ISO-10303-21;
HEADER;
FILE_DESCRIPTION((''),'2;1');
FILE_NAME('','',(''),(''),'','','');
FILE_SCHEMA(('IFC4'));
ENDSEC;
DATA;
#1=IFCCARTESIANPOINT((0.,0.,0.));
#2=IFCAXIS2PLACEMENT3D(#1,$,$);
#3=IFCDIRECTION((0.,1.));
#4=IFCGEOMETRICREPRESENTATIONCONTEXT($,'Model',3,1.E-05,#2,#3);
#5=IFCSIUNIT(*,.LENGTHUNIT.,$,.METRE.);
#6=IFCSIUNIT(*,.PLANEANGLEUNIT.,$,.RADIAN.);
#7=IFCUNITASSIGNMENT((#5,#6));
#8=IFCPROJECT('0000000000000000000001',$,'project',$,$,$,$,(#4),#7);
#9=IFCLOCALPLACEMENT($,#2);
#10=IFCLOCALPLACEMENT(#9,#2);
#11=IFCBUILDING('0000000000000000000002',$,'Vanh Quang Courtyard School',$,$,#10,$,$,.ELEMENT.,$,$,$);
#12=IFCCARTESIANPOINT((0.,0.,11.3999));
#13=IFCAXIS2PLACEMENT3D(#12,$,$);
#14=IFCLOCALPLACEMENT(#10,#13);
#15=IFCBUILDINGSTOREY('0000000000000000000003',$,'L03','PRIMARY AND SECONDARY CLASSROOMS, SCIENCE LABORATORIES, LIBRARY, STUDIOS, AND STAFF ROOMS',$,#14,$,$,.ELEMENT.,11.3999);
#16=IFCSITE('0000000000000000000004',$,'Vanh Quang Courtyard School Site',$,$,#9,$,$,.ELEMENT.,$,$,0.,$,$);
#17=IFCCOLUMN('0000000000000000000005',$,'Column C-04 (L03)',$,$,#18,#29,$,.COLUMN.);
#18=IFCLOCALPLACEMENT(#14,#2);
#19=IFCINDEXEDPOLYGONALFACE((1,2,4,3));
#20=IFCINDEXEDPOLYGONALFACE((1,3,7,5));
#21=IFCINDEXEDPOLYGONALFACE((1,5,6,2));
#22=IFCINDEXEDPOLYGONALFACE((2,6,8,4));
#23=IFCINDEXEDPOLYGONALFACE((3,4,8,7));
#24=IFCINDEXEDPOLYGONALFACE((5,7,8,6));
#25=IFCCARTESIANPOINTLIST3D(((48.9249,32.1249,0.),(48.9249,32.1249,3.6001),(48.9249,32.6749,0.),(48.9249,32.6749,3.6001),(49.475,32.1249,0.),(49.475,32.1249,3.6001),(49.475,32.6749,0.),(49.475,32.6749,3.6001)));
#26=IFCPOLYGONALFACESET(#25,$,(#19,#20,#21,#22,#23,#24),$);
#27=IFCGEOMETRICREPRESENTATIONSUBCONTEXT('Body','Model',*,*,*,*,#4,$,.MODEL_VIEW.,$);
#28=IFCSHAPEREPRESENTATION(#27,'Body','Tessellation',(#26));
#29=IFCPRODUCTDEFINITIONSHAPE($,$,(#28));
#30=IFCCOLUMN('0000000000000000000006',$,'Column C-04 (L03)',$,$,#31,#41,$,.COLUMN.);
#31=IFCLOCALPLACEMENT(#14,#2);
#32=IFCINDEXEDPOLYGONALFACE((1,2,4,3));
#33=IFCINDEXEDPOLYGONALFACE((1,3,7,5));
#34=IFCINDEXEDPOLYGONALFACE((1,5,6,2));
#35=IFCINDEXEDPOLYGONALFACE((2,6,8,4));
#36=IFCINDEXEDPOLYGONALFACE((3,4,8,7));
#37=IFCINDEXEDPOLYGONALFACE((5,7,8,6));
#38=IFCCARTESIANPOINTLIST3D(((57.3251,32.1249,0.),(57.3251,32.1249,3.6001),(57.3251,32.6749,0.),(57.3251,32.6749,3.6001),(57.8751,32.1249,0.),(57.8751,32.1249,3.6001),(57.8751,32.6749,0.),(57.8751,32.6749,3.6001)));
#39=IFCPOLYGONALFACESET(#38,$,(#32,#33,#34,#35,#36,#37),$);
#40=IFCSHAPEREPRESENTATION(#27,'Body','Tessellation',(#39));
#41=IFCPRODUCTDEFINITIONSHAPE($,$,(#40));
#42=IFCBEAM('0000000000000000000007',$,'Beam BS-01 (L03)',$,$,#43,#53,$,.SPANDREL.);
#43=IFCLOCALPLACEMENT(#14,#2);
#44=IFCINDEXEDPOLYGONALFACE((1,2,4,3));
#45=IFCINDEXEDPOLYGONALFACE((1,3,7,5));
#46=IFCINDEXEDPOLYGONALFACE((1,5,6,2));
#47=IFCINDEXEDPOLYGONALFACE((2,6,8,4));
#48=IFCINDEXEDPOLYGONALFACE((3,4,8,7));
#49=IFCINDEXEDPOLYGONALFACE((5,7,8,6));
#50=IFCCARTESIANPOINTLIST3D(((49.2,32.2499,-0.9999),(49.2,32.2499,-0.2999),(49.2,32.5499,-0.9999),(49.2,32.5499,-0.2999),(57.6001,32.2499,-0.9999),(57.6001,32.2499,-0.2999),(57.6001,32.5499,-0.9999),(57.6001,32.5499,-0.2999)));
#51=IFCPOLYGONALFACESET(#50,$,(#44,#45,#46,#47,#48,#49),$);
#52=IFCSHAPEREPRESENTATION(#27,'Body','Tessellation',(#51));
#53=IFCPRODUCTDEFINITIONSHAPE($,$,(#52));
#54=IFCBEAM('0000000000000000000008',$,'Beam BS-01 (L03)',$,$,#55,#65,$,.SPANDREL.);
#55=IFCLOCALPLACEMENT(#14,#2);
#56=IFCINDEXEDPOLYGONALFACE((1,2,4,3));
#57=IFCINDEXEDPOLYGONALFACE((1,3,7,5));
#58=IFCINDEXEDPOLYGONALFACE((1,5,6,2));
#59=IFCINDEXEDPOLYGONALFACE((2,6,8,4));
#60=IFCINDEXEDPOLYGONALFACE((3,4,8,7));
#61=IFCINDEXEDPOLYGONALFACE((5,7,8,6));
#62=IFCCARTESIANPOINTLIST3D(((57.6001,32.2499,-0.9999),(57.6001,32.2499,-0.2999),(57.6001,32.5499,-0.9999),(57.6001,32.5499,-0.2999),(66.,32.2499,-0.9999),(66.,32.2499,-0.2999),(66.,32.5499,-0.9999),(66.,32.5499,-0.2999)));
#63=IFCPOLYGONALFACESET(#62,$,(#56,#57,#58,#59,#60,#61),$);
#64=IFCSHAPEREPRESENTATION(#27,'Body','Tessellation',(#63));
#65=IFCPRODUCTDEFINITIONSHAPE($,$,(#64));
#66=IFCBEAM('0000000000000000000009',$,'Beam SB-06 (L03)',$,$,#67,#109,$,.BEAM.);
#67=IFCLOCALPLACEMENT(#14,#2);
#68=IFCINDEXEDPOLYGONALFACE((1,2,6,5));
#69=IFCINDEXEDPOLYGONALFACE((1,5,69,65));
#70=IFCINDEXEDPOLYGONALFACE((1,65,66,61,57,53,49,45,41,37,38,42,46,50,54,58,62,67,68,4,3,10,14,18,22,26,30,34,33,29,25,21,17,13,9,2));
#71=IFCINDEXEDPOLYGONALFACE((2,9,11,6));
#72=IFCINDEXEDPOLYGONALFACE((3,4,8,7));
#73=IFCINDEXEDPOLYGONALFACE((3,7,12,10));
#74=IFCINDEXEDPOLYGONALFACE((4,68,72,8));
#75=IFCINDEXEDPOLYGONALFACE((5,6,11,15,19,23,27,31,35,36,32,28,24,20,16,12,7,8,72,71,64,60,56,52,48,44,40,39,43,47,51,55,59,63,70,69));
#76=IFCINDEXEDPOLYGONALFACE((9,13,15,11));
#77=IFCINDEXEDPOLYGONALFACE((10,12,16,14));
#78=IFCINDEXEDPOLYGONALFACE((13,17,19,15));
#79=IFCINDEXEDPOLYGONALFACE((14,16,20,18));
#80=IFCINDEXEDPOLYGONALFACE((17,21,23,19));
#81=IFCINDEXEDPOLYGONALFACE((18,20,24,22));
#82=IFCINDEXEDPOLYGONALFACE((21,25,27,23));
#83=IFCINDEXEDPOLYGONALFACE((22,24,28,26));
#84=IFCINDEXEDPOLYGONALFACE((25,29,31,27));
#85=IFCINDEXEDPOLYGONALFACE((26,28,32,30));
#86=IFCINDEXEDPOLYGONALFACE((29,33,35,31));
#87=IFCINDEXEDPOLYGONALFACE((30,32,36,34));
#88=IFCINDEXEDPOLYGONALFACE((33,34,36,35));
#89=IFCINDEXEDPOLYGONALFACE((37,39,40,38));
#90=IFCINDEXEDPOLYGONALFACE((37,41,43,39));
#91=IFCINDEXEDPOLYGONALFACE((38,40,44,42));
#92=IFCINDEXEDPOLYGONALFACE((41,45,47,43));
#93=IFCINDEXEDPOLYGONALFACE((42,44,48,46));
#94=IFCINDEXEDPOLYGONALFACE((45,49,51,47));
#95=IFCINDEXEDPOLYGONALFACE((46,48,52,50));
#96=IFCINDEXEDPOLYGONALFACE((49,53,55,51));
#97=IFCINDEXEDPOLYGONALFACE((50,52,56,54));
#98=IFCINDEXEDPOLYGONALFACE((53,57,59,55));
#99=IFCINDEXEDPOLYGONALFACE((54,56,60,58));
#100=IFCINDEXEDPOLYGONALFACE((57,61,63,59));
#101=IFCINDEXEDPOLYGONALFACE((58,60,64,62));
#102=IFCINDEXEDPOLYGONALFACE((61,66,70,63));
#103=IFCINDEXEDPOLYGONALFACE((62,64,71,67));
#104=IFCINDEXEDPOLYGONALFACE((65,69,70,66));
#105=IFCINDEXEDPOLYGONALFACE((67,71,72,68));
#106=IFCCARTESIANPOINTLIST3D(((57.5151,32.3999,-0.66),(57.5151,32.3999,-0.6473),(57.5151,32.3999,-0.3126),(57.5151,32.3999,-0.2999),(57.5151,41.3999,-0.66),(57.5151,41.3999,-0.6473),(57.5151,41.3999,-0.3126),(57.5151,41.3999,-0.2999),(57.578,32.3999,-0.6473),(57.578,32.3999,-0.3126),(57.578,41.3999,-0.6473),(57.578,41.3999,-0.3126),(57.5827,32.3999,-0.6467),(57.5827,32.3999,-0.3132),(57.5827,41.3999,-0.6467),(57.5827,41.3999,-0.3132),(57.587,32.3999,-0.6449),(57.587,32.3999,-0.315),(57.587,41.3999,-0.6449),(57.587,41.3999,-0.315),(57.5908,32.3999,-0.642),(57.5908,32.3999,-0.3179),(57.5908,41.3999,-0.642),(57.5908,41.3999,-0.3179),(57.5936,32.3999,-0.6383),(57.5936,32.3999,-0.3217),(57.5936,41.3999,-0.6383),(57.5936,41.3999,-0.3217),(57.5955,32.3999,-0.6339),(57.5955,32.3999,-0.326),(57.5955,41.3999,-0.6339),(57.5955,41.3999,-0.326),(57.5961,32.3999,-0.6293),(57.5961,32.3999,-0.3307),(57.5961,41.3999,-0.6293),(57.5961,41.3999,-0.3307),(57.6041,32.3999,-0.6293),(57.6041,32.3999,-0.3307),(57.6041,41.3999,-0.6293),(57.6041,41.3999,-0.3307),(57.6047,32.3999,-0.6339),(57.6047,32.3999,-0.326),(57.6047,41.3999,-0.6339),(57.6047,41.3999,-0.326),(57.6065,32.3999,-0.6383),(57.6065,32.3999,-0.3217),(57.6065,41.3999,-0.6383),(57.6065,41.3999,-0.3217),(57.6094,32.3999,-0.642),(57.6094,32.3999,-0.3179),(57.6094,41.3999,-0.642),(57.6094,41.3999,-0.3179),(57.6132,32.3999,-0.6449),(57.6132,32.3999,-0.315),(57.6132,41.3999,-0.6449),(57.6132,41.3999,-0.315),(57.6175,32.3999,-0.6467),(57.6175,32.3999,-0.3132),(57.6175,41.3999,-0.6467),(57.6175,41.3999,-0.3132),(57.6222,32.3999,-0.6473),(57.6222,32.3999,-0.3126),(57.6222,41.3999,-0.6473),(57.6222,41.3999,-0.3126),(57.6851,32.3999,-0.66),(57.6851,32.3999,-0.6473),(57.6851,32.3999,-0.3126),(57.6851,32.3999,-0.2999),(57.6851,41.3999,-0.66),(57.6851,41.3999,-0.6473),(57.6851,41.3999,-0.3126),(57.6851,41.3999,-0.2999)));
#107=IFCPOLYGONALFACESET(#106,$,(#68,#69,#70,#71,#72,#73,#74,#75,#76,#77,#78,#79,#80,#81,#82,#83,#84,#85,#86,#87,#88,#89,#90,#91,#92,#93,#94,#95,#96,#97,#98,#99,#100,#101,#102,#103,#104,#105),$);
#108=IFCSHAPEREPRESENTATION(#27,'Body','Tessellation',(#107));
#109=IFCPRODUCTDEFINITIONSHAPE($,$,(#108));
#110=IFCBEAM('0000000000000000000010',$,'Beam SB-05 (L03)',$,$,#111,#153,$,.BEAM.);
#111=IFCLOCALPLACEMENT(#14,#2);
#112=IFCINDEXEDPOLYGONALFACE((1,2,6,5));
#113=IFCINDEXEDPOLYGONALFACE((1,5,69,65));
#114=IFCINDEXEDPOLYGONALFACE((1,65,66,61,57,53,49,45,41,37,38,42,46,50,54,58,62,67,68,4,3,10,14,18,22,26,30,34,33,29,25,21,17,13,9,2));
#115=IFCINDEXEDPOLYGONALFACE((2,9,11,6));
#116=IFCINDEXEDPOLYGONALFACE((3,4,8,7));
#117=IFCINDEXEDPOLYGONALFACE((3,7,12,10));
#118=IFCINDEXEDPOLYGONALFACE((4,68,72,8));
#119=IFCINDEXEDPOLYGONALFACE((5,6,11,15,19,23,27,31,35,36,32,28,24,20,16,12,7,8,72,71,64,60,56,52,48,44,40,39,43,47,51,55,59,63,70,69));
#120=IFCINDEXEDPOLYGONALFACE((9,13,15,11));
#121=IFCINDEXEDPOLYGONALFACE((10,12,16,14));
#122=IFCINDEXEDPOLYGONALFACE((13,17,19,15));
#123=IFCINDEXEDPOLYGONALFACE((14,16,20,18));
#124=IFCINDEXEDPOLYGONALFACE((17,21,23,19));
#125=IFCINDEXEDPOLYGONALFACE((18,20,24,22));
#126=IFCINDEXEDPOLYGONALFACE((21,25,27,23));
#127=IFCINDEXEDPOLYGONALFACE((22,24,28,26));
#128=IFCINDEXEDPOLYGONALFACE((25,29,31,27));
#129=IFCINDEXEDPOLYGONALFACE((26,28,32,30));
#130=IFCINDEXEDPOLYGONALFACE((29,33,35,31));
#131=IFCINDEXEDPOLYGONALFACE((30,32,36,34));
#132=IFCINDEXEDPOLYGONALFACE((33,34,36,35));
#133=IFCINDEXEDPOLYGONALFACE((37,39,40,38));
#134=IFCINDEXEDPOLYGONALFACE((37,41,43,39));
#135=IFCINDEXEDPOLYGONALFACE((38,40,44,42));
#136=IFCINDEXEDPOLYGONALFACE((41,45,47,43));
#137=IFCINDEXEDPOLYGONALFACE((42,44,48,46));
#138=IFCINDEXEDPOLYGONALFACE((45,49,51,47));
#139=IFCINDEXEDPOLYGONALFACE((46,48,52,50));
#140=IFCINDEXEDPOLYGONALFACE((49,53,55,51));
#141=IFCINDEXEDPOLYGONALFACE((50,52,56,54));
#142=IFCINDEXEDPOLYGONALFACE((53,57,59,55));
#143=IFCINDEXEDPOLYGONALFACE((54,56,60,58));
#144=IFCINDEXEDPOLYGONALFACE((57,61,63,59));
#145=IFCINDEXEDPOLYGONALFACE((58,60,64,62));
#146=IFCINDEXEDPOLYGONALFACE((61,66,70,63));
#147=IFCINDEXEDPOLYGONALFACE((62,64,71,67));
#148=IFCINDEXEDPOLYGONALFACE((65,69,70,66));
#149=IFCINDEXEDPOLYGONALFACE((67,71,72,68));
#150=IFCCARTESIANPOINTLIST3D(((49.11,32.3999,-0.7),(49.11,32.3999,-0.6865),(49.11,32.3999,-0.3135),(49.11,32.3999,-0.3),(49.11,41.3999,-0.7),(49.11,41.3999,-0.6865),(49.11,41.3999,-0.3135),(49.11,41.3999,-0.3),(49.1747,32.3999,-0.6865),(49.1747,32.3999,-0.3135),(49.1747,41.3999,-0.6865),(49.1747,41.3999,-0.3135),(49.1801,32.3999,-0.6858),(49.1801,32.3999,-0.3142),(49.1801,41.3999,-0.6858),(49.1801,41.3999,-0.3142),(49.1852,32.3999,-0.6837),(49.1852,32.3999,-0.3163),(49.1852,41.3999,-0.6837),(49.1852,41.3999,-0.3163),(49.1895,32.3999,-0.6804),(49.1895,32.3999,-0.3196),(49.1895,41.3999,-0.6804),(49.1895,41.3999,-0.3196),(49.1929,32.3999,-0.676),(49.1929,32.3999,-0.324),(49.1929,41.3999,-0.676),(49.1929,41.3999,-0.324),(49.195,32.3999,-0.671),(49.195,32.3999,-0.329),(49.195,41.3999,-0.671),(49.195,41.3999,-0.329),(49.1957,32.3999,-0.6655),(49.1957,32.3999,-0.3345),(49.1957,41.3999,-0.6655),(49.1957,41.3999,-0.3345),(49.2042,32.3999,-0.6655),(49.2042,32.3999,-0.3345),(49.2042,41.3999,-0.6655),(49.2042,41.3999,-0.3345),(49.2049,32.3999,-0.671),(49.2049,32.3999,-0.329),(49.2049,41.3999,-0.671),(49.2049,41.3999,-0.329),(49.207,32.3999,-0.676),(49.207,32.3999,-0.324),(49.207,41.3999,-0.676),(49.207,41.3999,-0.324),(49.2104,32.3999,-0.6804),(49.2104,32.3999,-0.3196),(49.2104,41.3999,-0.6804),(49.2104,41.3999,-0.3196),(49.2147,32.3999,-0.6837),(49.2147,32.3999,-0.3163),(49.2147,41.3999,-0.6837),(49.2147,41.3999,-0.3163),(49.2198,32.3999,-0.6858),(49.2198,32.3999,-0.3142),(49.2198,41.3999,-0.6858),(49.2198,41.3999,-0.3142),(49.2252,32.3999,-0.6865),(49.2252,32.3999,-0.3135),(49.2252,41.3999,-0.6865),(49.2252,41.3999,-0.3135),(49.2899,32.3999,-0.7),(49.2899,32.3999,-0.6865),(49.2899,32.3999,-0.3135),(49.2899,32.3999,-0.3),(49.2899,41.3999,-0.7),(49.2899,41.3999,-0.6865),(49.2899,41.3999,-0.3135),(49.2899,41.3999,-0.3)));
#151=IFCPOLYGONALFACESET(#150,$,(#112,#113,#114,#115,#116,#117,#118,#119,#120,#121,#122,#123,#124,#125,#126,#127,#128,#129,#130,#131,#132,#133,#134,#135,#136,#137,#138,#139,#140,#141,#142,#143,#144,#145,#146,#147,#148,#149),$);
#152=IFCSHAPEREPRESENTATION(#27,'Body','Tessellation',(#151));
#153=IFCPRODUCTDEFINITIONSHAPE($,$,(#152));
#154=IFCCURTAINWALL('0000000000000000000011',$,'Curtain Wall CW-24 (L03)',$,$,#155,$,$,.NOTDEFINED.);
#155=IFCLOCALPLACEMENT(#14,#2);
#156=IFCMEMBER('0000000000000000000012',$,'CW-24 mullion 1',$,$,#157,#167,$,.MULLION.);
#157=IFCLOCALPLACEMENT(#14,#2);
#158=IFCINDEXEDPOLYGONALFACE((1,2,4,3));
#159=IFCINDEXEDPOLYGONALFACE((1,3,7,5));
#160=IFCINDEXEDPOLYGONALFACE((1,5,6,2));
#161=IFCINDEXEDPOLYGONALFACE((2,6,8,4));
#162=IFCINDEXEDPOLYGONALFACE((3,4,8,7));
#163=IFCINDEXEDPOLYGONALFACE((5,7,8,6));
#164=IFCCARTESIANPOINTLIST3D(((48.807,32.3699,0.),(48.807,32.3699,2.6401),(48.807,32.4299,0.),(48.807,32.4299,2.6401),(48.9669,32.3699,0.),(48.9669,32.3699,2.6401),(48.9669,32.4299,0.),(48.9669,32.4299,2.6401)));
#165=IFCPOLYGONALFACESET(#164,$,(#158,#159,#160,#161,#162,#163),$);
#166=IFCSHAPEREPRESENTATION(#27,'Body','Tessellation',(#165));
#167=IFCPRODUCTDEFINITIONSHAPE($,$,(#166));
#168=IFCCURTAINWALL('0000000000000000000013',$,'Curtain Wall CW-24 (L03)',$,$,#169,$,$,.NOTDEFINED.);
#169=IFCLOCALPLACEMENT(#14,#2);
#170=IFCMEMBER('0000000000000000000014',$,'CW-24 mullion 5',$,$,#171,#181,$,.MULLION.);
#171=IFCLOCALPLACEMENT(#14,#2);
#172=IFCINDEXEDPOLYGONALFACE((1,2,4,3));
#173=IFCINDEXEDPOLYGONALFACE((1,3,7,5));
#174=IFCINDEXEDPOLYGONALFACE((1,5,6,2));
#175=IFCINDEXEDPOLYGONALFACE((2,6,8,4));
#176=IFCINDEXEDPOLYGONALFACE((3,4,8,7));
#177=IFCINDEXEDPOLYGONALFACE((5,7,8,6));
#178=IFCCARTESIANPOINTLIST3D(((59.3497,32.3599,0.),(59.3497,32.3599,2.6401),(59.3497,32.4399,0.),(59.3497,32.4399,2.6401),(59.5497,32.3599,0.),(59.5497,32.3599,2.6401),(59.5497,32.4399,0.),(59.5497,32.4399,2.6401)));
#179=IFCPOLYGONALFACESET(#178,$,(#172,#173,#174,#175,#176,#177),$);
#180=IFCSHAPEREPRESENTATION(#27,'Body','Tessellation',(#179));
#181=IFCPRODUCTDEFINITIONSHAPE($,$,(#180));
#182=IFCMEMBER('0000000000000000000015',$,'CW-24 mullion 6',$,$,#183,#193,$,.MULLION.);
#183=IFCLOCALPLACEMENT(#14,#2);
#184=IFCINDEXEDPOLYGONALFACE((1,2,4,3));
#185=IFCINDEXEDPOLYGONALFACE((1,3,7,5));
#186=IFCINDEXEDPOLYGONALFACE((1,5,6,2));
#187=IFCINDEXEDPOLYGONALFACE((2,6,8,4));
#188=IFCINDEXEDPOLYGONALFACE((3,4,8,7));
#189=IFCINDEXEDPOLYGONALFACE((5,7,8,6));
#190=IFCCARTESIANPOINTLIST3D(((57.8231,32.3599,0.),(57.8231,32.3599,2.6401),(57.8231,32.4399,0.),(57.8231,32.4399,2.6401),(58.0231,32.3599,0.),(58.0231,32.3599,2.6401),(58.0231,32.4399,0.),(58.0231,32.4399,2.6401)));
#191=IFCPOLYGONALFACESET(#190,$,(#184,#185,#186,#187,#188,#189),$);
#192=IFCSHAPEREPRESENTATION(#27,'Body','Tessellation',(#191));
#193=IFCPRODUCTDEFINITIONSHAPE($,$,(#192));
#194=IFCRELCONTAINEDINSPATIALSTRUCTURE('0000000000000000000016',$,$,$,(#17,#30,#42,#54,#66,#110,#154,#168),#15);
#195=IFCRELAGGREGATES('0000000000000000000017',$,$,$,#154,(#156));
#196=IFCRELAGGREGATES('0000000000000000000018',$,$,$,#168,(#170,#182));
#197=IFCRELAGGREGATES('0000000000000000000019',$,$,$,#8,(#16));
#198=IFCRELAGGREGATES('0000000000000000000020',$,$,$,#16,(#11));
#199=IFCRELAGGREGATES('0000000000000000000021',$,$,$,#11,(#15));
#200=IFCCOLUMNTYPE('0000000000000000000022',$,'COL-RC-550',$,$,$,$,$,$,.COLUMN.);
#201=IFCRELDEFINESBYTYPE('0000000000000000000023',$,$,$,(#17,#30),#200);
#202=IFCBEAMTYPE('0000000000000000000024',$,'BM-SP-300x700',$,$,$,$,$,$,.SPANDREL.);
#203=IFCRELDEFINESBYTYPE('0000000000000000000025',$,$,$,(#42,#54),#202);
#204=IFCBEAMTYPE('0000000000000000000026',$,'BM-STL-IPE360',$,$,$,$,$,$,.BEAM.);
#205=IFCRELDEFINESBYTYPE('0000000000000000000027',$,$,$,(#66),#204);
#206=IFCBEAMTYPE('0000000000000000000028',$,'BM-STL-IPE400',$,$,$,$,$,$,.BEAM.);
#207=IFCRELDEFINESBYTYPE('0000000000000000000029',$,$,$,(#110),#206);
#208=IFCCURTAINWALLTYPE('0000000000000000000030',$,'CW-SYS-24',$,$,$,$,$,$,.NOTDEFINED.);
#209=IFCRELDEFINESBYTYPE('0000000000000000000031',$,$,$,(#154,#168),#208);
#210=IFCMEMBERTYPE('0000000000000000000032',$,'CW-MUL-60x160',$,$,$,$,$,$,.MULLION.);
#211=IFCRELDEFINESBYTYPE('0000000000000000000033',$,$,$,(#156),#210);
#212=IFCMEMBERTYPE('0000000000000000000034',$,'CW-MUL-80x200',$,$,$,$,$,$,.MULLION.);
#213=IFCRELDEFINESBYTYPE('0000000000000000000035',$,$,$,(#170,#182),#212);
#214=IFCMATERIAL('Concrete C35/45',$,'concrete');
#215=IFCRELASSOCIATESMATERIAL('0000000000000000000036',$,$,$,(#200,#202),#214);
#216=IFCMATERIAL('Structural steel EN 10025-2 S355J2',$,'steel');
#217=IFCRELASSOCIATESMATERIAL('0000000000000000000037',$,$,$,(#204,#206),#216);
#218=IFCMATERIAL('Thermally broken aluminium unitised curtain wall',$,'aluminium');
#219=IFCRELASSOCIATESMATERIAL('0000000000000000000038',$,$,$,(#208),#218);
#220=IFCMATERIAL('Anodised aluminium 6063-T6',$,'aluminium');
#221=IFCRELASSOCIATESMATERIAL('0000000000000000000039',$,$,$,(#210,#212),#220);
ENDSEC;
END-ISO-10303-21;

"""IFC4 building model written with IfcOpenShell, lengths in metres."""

from ifc_helpers import new_model, si_unit, direction, frame, origin, origin_2d, place, context, subcontext, project, spatial, rectangle, i_section, extrude, material, material_profile, profile_set, type_object, element, aggregate, save


model = new_model("IFC4")

# Units and contexts
model_context = context("Model", 3, precision=1e-05, world=origin(), true_north=direction((0.0, 1.0)))
body_context = subcontext(model_context, "Body", "Model", "MODEL_VIEW")
ifc_project = project(units=[si_unit("LENGTHUNIT", "METRE"), si_unit("PLANEANGLEUNIT", "RADIAN")], contexts=[model_context])

# Site, building, storey
site_placement = place(None, origin())
site = spatial("IfcSite", under=ifc_project, at=site_placement, Name="Vanh Quang Courtyard School Site", CompositionType="ELEMENT", RefElevation=0.0)
building_placement = place(site_placement, origin())
building = spatial("IfcBuilding", under=site, at=building_placement, Name="Vanh Quang Courtyard School", CompositionType="ELEMENT")
storey_placement = place(building_placement, frame((0.0, 0.0, 11.3999)))
storey = spatial("IfcBuildingStorey", under=building, at=storey_placement, Name="L03", Description="PRIMARY AND SECONDARY CLASSROOMS, SCIENCE LABORATORIES, LIBRARY, STUDIOS, AND STAFF ROOMS", CompositionType="ELEMENT", Elevation=11.3999)

# Columns
ifc_material_1 = material(Name="Concrete C35/45", Category="concrete")
ifc_material_profile_1 = material_profile(ifc_material_1, rectangle(XDim=0.55, YDim=0.55, at=origin_2d()), Name="RC-COL 550x550")
ifc_profile_set_1 = profile_set([ifc_material_profile_1], Name="Concrete C35/45")
column_type = type_object("IfcColumnType", Name="COL-RC-550", PredefinedType="COLUMN", material=ifc_profile_set_1)
for number, where, z_axis, x_axis, name in (
    (1, (49.2, 32.3999, 0.0), (0.0, 0.0, 1.0), (1.0, 0.0, 0.0), "Column C-04 (L03)"),
    (2, (57.6001, 32.3999, 0.0), (0.0, 0.0, 1.0), (1.0, 0.0, 0.0), "Column C-04 (L03)"),
):
    element("IfcColumn", number, at=place(storey_placement, frame(where, z_axis=z_axis, x_axis=x_axis)), inside=storey, type_object=column_type, Name=name, PredefinedType="COLUMN", context=body_context, shape_type="SweptSolid", body=[
        extrude(rectangle(XDim=0.55, YDim=0.55, at=origin_2d()), origin(), (0.0, 0.0, 1.0), 3.6001),
    ])

# Beams
ifc_material_profile_2 = material_profile(ifc_material_1, rectangle(XDim=0.3, YDim=0.7, at=origin_2d()), Name="RC-SP 300x700")
ifc_profile_set_2 = profile_set([ifc_material_profile_2], Name="Concrete C35/45")
beam_type_1 = type_object("IfcBeamType", Name="BM-SP-300x700", PredefinedType="SPANDREL", material=ifc_profile_set_2)
beam_1_placement = place(storey_placement, frame((49.2, 32.3999, -0.6499), z_axis=(1.0, 0.0, 0.0), x_axis=(0.0, 1.0, 0.0)))
element("IfcBeam", 3, at=beam_1_placement, inside=storey, type_object=beam_type_1, Name="Beam BS-01 (L03)", PredefinedType="SPANDREL", context=body_context, shape_type="SweptSolid", body=[
    extrude(rectangle(XDim=0.3, YDim=0.7, at=origin_2d()), origin(), (0.0, 0.0, 1.0), 8.4001),
])
beam_2_placement = place(storey_placement, frame((57.6001, 32.3999, -0.6499), z_axis=(1.0, 0.0, 0.0), x_axis=(0.0, 1.0, 0.0)))
element("IfcBeam", 4, at=beam_2_placement, inside=storey, type_object=beam_type_1, Name="Beam BS-01 (L03)", PredefinedType="SPANDREL", context=body_context, shape_type="SweptSolid", body=[
    extrude(rectangle(XDim=0.3, YDim=0.7, at=origin_2d()), origin(), (0.0, 0.0, 1.0), 8.3999),
])
ifc_material_2 = material(Name="Structural steel EN 10025-2 S355J2", Category="steel")
ifc_material_profile_3 = material_profile(ifc_material_2, i_section(OverallWidth=0.1699, OverallDepth=0.3601, WebThickness=0.0081, FlangeThickness=0.0127, FilletRadius=0.0181, at=origin_2d()), Name="IPE 360")
ifc_profile_set_3 = profile_set([ifc_material_profile_3], Name="Structural steel EN 10025-2 S355J2")
beam_type_2 = type_object("IfcBeamType", Name="BM-STL-IPE360", PredefinedType="BEAM", material=ifc_profile_set_3)
beam_3_placement = place(storey_placement, frame((57.6001, 32.3999, -0.48), z_axis=(0.0, 1.0, 0.0), x_axis=(-1.0, 0.0, 0.0)))
element("IfcBeam", 5, at=beam_3_placement, inside=storey, type_object=beam_type_2, Name="Beam SB-06 (L03)", PredefinedType="BEAM", context=body_context, shape_type="SweptSolid", body=[
    extrude(i_section(OverallWidth=0.1699, OverallDepth=0.3601, WebThickness=0.0081, FlangeThickness=0.0127, FilletRadius=0.0181, at=origin_2d()), origin(), (0.0, 0.0, 1.0), 9.0),
])
ifc_material_profile_4 = material_profile(ifc_material_2, i_section(OverallWidth=0.1799, OverallDepth=0.3999, WebThickness=0.0085, FlangeThickness=0.0134, FilletRadius=0.021, at=origin_2d()), Name="IPE 400")
ifc_profile_set_4 = profile_set([ifc_material_profile_4], Name="Structural steel EN 10025-2 S355J2")
beam_type_3 = type_object("IfcBeamType", Name="BM-STL-IPE400", PredefinedType="BEAM", material=ifc_profile_set_4)
beam_4_placement = place(storey_placement, frame((49.2, 32.3999, -0.5), z_axis=(0.0, 1.0, 0.0), x_axis=(-1.0, 0.0, 0.0)))
element("IfcBeam", 6, at=beam_4_placement, inside=storey, type_object=beam_type_3, Name="Beam SB-05 (L03)", PredefinedType="BEAM", context=body_context, shape_type="SweptSolid", body=[
    extrude(i_section(OverallWidth=0.1799, OverallDepth=0.3999, WebThickness=0.0085, FlangeThickness=0.0134, FilletRadius=0.021, at=origin_2d()), origin(), (0.0, 0.0, 1.0), 9.0),
])

# Curtain wall, member
ifc_material_3 = material(Name="Thermally broken aluminium unitised curtain wall", Category="aluminium")
curtain_wall_type = type_object("IfcCurtainWallType", Name="CW-SYS-24", PredefinedType="NOTDEFINED", material=ifc_material_3)
curtain_wall_1_placement = place(storey_placement, origin())
curtain_wall_1 = element("IfcCurtainWall", 7, at=curtain_wall_1_placement, inside=storey, type_object=curtain_wall_type, Name="Curtain Wall CW-24 (L03)", PredefinedType="NOTDEFINED")
ifc_material_4 = material(Name="Anodised aluminium 6063-T6", Category="aluminium")
ifc_material_profile_5 = material_profile(ifc_material_4, rectangle(XDim=0.0601, YDim=0.1599, at=origin_2d()), Name="ALU-MUL 60x160")
ifc_profile_set_5 = profile_set([ifc_material_profile_5], Name="Anodised aluminium 6063-T6")
member_type_1 = type_object("IfcMemberType", Name="CW-MUL-60x160", PredefinedType="MULLION", material=ifc_profile_set_5)
member_1_placement = place(storey_placement, frame((48.887, 32.3999, 0.0), z_axis=(0.0, 0.0, 1.0), x_axis=(0.0, -1.0, 0.0)))
member_1 = element("IfcMember", 8, at=member_1_placement, type_object=member_type_1, Name="CW-24 mullion 1", PredefinedType="MULLION", context=body_context, shape_type="SweptSolid", body=[
    extrude(rectangle(XDim=0.0601, YDim=0.1599, at=origin_2d()), origin(), (0.0, 0.0, 1.0), 2.6401),
])

# Curtain wall, members
curtain_wall_2_placement = place(storey_placement, origin())
curtain_wall_2 = element("IfcCurtainWall", 9, at=curtain_wall_2_placement, inside=storey, type_object=curtain_wall_type, Name="Curtain Wall CW-24 (L03)", PredefinedType="NOTDEFINED")
ifc_material_profile_6 = material_profile(ifc_material_4, rectangle(XDim=0.0801, YDim=0.2, at=origin_2d()), Name="ALU-MUL 80x200")
ifc_profile_set_6 = profile_set([ifc_material_profile_6], Name="Anodised aluminium 6063-T6")
member_type_2 = type_object("IfcMemberType", Name="CW-MUL-80x200", PredefinedType="MULLION", material=ifc_profile_set_6)
member_2_placement = place(storey_placement, frame((59.4497, 32.3999, 0.0), z_axis=(0.0, 0.0, 1.0), x_axis=(0.0, -1.0, 0.0)))
member_2 = element("IfcMember", 10, at=member_2_placement, type_object=member_type_2, Name="CW-24 mullion 5", PredefinedType="MULLION", context=body_context, shape_type="SweptSolid", body=[
    extrude(rectangle(XDim=0.0801, YDim=0.2, at=origin_2d()), origin(), (0.0, 0.0, 1.0), 2.6401),
])
member_3_placement = place(storey_placement, frame((57.9231, 32.3999, 0.0), z_axis=(0.0, 0.0, 1.0), x_axis=(0.0, -1.0, 0.0)))
member_3 = element("IfcMember", 11, at=member_3_placement, type_object=member_type_2, Name="CW-24 mullion 6", PredefinedType="MULLION", context=body_context, shape_type="SweptSolid", body=[
    extrude(rectangle(XDim=0.0801, YDim=0.2, at=origin_2d()), origin(), (0.0, 0.0, 1.0), 2.6401),
])

aggregate(curtain_wall_1, [member_1])

aggregate(curtain_wall_2, [member_2, member_3])

save(model, "model.ifc")
